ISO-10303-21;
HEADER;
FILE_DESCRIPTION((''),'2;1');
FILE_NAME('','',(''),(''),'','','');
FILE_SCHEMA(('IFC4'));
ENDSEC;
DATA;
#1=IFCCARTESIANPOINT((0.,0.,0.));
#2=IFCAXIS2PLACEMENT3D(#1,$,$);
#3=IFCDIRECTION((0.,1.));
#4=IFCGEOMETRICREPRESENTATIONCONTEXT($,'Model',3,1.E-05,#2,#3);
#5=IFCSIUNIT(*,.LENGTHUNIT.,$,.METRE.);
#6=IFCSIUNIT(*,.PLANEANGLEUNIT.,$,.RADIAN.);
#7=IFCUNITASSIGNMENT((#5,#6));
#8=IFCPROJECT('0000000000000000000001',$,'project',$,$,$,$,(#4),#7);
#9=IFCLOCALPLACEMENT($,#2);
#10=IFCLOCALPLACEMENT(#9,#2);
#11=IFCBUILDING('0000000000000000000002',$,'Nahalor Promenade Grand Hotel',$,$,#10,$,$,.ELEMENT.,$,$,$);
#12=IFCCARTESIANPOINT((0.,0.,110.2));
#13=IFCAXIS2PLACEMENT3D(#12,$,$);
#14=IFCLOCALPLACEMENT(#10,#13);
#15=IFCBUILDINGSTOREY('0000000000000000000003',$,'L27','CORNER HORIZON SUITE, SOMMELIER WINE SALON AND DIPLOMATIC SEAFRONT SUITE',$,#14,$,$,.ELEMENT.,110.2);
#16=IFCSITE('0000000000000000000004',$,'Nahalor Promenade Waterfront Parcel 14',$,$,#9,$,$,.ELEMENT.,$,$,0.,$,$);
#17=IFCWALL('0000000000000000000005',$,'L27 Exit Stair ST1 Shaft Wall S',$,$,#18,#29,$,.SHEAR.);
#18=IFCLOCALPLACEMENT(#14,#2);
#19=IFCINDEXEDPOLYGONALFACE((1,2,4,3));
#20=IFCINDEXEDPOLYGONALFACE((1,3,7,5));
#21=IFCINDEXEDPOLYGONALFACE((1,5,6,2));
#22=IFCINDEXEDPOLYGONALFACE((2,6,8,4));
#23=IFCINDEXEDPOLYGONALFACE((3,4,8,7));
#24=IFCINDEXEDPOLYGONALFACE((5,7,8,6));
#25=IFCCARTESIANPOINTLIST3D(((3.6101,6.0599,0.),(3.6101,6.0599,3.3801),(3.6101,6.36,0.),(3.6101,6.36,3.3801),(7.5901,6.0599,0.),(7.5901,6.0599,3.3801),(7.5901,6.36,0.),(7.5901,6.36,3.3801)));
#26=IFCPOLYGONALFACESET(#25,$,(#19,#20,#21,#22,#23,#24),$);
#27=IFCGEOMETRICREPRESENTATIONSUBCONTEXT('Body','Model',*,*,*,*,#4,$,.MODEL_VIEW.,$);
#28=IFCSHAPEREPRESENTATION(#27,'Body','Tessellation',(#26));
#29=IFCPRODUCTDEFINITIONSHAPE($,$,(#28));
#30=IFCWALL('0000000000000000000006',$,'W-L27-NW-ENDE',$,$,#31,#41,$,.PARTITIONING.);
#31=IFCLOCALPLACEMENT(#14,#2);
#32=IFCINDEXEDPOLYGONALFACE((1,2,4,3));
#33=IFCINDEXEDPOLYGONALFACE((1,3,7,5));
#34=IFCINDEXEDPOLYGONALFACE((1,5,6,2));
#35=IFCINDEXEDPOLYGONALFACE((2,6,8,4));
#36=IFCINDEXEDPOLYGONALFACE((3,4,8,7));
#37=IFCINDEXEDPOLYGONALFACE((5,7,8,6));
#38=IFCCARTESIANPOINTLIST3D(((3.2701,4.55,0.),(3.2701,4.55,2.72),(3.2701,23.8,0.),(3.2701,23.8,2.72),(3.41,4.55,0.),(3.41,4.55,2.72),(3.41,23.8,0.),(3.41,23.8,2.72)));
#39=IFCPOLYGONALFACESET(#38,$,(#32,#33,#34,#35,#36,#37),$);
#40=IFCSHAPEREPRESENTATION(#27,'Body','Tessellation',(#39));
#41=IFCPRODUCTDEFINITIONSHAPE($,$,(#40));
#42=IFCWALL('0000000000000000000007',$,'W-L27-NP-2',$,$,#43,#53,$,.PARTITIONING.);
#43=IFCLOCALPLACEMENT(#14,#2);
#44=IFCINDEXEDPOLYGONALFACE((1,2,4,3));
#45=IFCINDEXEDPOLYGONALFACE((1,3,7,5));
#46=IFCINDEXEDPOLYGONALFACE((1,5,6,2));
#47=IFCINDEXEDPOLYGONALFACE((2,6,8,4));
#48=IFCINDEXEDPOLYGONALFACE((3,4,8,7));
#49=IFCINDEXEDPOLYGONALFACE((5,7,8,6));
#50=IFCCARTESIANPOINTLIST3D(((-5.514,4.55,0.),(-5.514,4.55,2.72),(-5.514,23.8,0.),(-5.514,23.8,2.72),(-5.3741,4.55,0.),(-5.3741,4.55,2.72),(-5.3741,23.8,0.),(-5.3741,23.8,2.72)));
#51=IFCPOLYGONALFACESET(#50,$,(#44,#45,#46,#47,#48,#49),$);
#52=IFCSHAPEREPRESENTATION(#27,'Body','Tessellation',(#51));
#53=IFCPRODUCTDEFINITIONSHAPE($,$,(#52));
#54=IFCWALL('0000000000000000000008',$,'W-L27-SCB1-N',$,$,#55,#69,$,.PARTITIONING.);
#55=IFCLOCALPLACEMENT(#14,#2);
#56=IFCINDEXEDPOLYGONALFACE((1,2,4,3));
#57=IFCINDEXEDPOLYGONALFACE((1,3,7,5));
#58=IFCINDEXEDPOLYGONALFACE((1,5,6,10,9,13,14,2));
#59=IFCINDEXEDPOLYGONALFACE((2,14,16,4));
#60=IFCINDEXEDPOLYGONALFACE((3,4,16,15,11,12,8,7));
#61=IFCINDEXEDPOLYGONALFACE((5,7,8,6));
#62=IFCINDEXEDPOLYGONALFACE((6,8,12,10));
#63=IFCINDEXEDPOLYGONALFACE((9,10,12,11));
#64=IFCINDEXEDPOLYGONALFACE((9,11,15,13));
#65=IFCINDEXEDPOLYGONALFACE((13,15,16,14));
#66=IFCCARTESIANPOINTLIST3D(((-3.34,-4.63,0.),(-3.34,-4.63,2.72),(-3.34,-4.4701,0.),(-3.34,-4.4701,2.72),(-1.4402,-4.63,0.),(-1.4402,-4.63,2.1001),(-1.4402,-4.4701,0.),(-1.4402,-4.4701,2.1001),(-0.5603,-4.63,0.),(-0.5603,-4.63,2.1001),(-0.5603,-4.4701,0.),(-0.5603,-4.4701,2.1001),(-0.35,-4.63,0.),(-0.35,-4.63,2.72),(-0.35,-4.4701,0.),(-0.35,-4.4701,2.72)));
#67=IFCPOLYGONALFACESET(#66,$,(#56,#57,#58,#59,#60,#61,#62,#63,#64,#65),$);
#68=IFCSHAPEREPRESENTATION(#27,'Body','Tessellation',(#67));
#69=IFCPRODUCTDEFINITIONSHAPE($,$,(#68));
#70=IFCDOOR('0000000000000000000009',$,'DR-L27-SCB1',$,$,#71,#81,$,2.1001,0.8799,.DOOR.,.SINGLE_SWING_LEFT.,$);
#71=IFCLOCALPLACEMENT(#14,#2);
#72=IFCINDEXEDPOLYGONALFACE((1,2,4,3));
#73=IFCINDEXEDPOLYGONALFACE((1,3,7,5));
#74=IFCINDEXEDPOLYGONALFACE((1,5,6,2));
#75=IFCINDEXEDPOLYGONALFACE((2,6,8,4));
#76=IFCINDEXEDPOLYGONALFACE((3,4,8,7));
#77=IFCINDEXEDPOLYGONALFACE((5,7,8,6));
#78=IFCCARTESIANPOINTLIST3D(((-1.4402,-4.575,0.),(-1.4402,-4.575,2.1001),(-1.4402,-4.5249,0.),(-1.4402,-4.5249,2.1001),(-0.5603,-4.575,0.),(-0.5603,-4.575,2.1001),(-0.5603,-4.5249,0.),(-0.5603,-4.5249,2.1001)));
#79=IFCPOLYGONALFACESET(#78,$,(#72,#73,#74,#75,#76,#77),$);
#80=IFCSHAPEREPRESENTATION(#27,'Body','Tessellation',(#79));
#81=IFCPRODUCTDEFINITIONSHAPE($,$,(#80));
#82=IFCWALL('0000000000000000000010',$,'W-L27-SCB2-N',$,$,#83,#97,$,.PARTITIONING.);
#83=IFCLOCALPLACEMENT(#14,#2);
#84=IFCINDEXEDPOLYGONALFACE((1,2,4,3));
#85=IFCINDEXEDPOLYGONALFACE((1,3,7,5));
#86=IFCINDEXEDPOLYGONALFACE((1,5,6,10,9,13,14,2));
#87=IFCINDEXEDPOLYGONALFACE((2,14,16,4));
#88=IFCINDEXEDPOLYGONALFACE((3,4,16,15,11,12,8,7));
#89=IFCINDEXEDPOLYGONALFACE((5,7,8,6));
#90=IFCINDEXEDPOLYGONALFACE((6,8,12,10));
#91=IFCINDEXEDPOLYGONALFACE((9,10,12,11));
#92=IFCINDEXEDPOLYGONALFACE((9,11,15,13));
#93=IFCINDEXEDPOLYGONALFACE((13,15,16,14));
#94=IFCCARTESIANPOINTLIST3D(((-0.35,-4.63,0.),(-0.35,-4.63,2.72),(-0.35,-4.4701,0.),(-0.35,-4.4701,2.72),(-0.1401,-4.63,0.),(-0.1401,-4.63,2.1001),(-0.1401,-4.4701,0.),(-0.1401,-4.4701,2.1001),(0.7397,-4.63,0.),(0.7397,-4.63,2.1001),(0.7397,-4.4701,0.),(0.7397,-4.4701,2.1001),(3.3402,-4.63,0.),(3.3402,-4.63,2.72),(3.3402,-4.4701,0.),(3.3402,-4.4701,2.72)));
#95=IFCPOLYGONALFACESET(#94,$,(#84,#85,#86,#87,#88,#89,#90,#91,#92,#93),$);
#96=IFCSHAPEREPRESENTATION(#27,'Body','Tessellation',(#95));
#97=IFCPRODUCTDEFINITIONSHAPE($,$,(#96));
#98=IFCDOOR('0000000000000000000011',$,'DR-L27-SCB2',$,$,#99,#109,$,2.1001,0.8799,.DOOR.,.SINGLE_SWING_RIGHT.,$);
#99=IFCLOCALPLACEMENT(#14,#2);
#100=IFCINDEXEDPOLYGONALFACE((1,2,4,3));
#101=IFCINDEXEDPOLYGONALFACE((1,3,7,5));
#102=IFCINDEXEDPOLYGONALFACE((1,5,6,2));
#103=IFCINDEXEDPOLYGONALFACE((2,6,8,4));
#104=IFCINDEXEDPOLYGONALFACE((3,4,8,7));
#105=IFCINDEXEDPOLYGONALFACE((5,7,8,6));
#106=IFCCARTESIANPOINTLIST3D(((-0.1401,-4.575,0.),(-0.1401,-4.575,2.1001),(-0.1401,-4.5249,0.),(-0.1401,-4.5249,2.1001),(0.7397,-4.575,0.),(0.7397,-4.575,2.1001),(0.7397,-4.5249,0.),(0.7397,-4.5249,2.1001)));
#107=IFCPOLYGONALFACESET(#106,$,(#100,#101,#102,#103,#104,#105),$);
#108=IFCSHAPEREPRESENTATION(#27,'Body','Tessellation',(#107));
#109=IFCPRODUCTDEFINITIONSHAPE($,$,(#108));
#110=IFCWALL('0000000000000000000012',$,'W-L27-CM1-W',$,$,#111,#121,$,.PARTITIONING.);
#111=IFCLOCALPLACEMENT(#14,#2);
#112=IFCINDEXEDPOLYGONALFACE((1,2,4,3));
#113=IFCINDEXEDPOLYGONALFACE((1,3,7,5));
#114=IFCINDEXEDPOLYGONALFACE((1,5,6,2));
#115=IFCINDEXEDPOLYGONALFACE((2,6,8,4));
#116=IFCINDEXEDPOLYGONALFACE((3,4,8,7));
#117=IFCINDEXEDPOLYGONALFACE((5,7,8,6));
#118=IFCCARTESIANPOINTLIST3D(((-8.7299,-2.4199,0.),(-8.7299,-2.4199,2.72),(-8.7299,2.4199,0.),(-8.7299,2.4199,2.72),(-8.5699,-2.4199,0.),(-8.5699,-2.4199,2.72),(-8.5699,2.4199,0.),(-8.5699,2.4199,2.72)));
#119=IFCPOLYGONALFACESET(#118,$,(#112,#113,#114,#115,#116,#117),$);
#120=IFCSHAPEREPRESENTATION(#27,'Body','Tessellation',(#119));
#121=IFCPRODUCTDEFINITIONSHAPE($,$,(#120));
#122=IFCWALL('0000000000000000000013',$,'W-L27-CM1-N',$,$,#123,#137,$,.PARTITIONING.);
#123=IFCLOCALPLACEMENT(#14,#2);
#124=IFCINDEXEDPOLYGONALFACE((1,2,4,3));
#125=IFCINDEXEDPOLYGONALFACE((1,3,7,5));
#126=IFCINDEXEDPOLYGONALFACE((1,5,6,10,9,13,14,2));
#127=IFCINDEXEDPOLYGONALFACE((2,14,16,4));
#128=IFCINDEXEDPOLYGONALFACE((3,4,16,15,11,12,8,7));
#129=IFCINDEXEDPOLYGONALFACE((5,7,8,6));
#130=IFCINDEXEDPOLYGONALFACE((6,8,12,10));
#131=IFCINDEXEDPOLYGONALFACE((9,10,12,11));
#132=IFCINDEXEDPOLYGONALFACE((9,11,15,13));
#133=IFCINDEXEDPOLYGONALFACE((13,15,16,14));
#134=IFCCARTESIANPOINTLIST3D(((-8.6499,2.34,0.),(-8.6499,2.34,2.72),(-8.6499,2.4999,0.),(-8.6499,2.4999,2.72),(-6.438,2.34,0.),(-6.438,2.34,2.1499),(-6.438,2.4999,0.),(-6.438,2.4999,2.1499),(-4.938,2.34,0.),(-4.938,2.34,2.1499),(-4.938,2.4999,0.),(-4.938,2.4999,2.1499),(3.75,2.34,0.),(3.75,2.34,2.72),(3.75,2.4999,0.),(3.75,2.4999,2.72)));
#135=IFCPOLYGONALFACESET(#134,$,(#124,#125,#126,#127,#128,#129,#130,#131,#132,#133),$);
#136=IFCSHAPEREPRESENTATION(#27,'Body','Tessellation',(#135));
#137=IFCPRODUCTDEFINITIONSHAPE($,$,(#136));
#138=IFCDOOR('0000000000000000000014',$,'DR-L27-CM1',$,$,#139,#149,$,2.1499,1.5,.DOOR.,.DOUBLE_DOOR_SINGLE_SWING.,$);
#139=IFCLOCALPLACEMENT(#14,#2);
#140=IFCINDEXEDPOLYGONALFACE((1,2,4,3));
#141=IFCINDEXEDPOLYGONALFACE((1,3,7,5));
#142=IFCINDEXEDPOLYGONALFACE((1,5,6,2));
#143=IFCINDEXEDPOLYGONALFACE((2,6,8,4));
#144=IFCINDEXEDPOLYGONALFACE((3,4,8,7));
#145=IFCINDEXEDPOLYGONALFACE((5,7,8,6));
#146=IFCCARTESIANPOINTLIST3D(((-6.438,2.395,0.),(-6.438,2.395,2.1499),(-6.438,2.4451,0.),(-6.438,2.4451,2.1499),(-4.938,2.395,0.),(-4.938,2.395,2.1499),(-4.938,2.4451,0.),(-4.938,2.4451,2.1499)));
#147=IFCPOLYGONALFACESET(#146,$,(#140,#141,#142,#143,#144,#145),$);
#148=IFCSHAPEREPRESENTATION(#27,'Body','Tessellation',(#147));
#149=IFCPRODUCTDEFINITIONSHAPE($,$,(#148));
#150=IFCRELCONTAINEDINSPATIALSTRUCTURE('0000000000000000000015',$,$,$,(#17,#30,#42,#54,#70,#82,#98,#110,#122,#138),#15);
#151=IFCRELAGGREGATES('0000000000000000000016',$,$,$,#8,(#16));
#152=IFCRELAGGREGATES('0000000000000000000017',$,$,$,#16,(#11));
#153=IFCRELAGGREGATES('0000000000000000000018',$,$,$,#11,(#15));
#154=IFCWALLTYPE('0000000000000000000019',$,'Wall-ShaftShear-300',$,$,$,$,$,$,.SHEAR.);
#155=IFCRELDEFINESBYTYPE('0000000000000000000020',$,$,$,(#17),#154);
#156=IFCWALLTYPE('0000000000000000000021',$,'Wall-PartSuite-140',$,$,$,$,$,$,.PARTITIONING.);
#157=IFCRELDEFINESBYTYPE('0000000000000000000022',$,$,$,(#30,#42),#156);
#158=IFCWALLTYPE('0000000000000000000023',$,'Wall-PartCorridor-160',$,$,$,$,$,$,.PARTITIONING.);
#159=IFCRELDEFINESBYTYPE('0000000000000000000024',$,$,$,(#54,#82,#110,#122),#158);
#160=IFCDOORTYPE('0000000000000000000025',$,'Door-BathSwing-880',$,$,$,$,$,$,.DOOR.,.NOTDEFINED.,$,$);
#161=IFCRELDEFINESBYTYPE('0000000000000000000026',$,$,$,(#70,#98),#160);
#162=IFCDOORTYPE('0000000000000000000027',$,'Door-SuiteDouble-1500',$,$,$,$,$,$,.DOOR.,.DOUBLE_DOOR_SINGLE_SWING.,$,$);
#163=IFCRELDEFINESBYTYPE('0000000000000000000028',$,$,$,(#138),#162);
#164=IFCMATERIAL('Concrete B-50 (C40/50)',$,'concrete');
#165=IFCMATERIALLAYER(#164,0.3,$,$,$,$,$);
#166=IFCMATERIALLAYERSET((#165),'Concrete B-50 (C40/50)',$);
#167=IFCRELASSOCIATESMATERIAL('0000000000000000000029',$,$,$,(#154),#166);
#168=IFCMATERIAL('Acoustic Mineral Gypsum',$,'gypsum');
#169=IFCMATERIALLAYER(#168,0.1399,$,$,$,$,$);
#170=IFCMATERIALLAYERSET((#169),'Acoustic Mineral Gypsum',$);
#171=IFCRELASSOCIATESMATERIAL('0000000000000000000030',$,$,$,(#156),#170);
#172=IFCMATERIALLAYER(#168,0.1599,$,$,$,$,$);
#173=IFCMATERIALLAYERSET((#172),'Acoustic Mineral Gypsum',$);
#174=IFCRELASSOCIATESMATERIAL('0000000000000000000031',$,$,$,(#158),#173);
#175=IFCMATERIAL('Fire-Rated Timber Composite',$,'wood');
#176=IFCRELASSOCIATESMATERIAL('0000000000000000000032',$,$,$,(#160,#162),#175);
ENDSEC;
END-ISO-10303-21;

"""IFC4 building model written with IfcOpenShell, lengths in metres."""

from ifc_helpers import new_model, si_unit, direction, frame, frame_2d, origin, place, context, subcontext, project, spatial, rectangle, extrude, source, transform, mapped, material, layer, layer_set, type_object, element, fill, save


model = new_model("IFC4")

# Units and contexts
model_context = context("Model", 3, precision=1e-05, world=origin(), true_north=direction((0.0, 1.0)))
body_context = subcontext(model_context, "Body", "Model", "MODEL_VIEW")
ifc_project = project(units=[si_unit("LENGTHUNIT", "METRE"), si_unit("PLANEANGLEUNIT", "RADIAN")], contexts=[model_context])

# Site, building, storey
site_placement = place(None, origin())
site = spatial("IfcSite", under=ifc_project, at=site_placement, Name="Nahalor Promenade Waterfront Parcel 14", CompositionType="ELEMENT", RefElevation=0.0)
building_placement = place(site_placement, origin())
building = spatial("IfcBuilding", under=site, at=building_placement, Name="Nahalor Promenade Grand Hotel", CompositionType="ELEMENT")
storey_placement = place(building_placement, frame((0.0, 0.0, 110.2)))
storey = spatial("IfcBuildingStorey", under=building, at=storey_placement, Name="L27", Description="CORNER HORIZON SUITE, SOMMELIER WINE SALON AND DIPLOMATIC SEAFRONT SUITE", CompositionType="ELEMENT", Elevation=110.2)

# Shared definitions
ifc_material_1 = material(Name="Concrete B-50 (C40/50)", Category="concrete")

# Walls
ifc_layer_1 = layer(ifc_material_1, 0.3)
ifc_layer_set_1 = layer_set([ifc_layer_1], Name="Concrete B-50 (C40/50)")
wall_type_1 = type_object("IfcWallType", Name="Wall-ShaftShear-300", PredefinedType="SHEAR", material=ifc_layer_set_1)
shared_shape_1 = source(origin(), body_context, "Body", "SweptSolid", [
    extrude(rectangle(XDim=3.98, YDim=0.3, at=frame_2d((1.99, 0.0))), origin(), (0.0, 0.0, 1.0), 3.3801),
])
wall_1_placement = place(storey_placement, frame((3.6101, 6.21, 0.0), z_axis=(0.0, 0.0, 1.0), x_axis=(1.0, 0.0, 0.0)))
element("IfcWall", 1, at=wall_1_placement, inside=storey, type_object=wall_type_1, Name="L27 Exit Stair ST1 Shaft Wall S", PredefinedType="SHEAR", context=body_context, shape_type="MappedRepresentation", body=[
    mapped(shared_shape_1, transform((0.0, 0.0, 0.0), scale=1.0)),
])
ifc_material_2 = material(Name="Acoustic Mineral Gypsum", Category="gypsum")
ifc_layer_2 = layer(ifc_material_2, 0.1399)
ifc_layer_set_2 = layer_set([ifc_layer_2], Name="Acoustic Mineral Gypsum")
wall_type_2 = type_object("IfcWallType", Name="Wall-PartSuite-140", PredefinedType="PARTITIONING", material=ifc_layer_set_2)
shared_shape_2 = source(origin(), body_context, "Body", "SweptSolid", [
    extrude(rectangle(XDim=19.25, YDim=0.1399, at=frame_2d((9.625, 0.0))), origin(), (0.0, 0.0, 1.0), 2.72),
])
for number, where, z_axis, x_axis, name in (
    (2, (3.3401, 4.55, 0.0), (0.0, 0.0, 1.0), (0.0, 1.0, 0.0), "W-L27-NW-ENDE"),
    (3, (-5.4441, 4.55, 0.0), (0.0, 0.0, 1.0), (0.0, 1.0, 0.0), "W-L27-NP-2"),
):
    element("IfcWall", number, at=place(storey_placement, frame(where, z_axis=z_axis, x_axis=x_axis)), inside=storey, type_object=wall_type_2, Name=name, PredefinedType="PARTITIONING", context=body_context, shape_type="MappedRepresentation", body=[
        mapped(shared_shape_2, transform((0.0, 0.0, 0.0), scale=1.0)),
    ])

# Walls, openings, doors
ifc_layer_3 = layer(ifc_material_2, 0.1599)
ifc_layer_set_3 = layer_set([ifc_layer_3], Name="Acoustic Mineral Gypsum")
wall_type_3 = type_object("IfcWallType", Name="Wall-PartCorridor-160", PredefinedType="PARTITIONING", material=ifc_layer_set_3)
shared_shape_3 = source(origin(), body_context, "Body", "SweptSolid", [
    extrude(rectangle(XDim=2.99, YDim=0.1599, at=frame_2d((1.4951, 0.0))), origin(), (0.0, 0.0, 1.0), 2.72),
])
wall_2_placement = place(storey_placement, frame((-3.3401, -4.55, 0.0), z_axis=(0.0, 0.0, 1.0), x_axis=(1.0, 0.0, 0.0)))
wall_2 = element("IfcWall", 4, at=wall_2_placement, inside=storey, type_object=wall_type_3, Name="W-L27-SCB1-N", PredefinedType="PARTITIONING", context=body_context, shape_type="MappedRepresentation", body=[
    mapped(shared_shape_3, transform((0.0, 0.0, 0.0), scale=1.0)),
])
opening_1_placement = place(wall_2_placement, frame((1.8999, 0.0, 0.0)))
opening_1 = element("IfcOpeningElement", 5, at=opening_1_placement, cuts=wall_2, PredefinedType="OPENING", context=body_context, shape_type="SweptSolid", body=[
    extrude(rectangle(XDim=0.8799, YDim=2.1001, at=frame_2d((0.4399, 1.05))), frame((0.0, 0.0898, 0.0), z_axis=(0.0, -1.0, 0.0), x_axis=(1.0, 0.0, 0.0)), (0.0, 0.0, 1.0), 0.1799),
])
ifc_material_3 = material(Name="Fire-Rated Timber Composite", Category="wood")
door_type_1 = type_object("IfcDoorType", Name="Door-BathSwing-880", OperationType="NOTDEFINED", PredefinedType="DOOR", material=ifc_material_3)
shared_shape_4 = source(origin(), body_context, "Body", "SweptSolid", [
    extrude(rectangle(XDim=0.8799, YDim=2.1001, at=frame_2d((0.4399, 1.05))), frame((0.0, 0.0249, 0.0), z_axis=(0.0, -1.0, 0.0), x_axis=(1.0, 0.0, 0.0)), (0.0, 0.0, 1.0), 0.05),
])
door_1_placement = place(opening_1_placement, frame((0.8799, 0.0, 0.0), z_axis=(0.0, 0.0, 1.0), x_axis=(-1.0, 0.0, 0.0)))
door_1 = element("IfcDoor", 6, at=door_1_placement, inside=storey, type_object=door_type_1, Name="DR-L27-SCB1", OperationType="SINGLE_SWING_LEFT", OverallHeight=2.1001, OverallWidth=0.8799, PredefinedType="DOOR", context=body_context, shape_type="MappedRepresentation", body=[
    mapped(shared_shape_4, transform((0.0, 0.0, 0.0), scale=1.0)),
])
fill(opening_1, door_1)
shared_shape_5 = source(origin(), body_context, "Body", "SweptSolid", [
    extrude(rectangle(XDim=3.6902, YDim=0.1599, at=frame_2d((1.8452, 0.0))), origin(), (0.0, 0.0, 1.0), 2.72),
])
wall_3_placement = place(storey_placement, frame((-0.3501, -4.55, 0.0), z_axis=(0.0, 0.0, 1.0), x_axis=(1.0, 0.0, 0.0)))
wall_3 = element("IfcWall", 7, at=wall_3_placement, inside=storey, type_object=wall_type_3, Name="W-L27-SCB2-N", PredefinedType="PARTITIONING", context=body_context, shape_type="MappedRepresentation", body=[
    mapped(shared_shape_5, transform((0.0, 0.0, 0.0), scale=1.0)),
])
opening_2_placement = place(wall_3_placement, frame((0.21, 0.0, 0.0)))
opening_2 = element("IfcOpeningElement", 8, at=opening_2_placement, cuts=wall_3, PredefinedType="OPENING", context=body_context, shape_type="SweptSolid", body=[
    extrude(rectangle(XDim=0.8799, YDim=2.1001, at=frame_2d((0.4399, 1.05))), frame((0.0, 0.0898, 0.0), z_axis=(0.0, -1.0, 0.0), x_axis=(1.0, 0.0, 0.0)), (0.0, 0.0, 1.0), 0.1799),
])
door_2_placement = place(opening_2_placement, frame((0.8799, 0.0, 0.0), z_axis=(0.0, 0.0, 1.0), x_axis=(-1.0, 0.0, 0.0)))
door_2 = element("IfcDoor", 9, at=door_2_placement, inside=storey, type_object=door_type_1, Name="DR-L27-SCB2", OperationType="SINGLE_SWING_RIGHT", OverallHeight=2.1001, OverallWidth=0.8799, PredefinedType="DOOR", context=body_context, shape_type="MappedRepresentation", body=[
    mapped(shared_shape_4, transform((0.0, 0.0, 0.0), scale=1.0)),
])
fill(opening_2, door_2)

# Wall
shared_shape_6 = source(origin(), body_context, "Body", "SweptSolid", [
    extrude(rectangle(XDim=4.8398, YDim=0.1599, at=frame_2d((2.4199, 0.0))), origin(), (0.0, 0.0, 1.0), 2.72),
])
wall_4_placement = place(storey_placement, frame((-8.6499, -2.4199, 0.0), z_axis=(0.0, 0.0, 1.0), x_axis=(0.0, 1.0, 0.0)))
element("IfcWall", 10, at=wall_4_placement, inside=storey, type_object=wall_type_3, Name="W-L27-CM1-W", PredefinedType="PARTITIONING", context=body_context, shape_type="MappedRepresentation", body=[
    mapped(shared_shape_6, transform((0.0, 0.0, 0.0), scale=1.0)),
])

# Wall, opening, door
shared_shape_7 = source(origin(), body_context, "Body", "SweptSolid", [
    extrude(rectangle(XDim=12.3999, YDim=0.1599, at=frame_2d((6.2, 0.0))), origin(), (0.0, 0.0, 1.0), 2.72),
])
wall_5_placement = place(storey_placement, frame((-8.6499, 2.4199, 0.0), z_axis=(0.0, 0.0, 1.0), x_axis=(1.0, 0.0, 0.0)))
wall_5 = element("IfcWall", 11, at=wall_5_placement, inside=storey, type_object=wall_type_3, Name="W-L27-CM1-N", PredefinedType="PARTITIONING", context=body_context, shape_type="MappedRepresentation", body=[
    mapped(shared_shape_7, transform((0.0, 0.0, 0.0), scale=1.0)),
])
opening_3_placement = place(wall_5_placement, frame((2.2119, 0.0, 0.0)))
opening_3 = element("IfcOpeningElement", 12, at=opening_3_placement, cuts=wall_5, PredefinedType="OPENING", context=body_context, shape_type="SweptSolid", body=[
    extrude(rectangle(XDim=1.5, YDim=2.1499, at=frame_2d((0.75, 1.075))), frame((0.0, 0.0898, 0.0), z_axis=(0.0, -1.0, 0.0), x_axis=(1.0, 0.0, 0.0)), (0.0, 0.0, 1.0), 0.1799),
])
door_type_2 = type_object("IfcDoorType", Name="Door-SuiteDouble-1500", OperationType="DOUBLE_DOOR_SINGLE_SWING", PredefinedType="DOOR", material=ifc_material_3)
shared_shape_8 = source(origin(), body_context, "Body", "SweptSolid", [
    extrude(rectangle(XDim=1.5, YDim=2.1499, at=frame_2d((0.75, 1.075))), frame((0.0, 0.0249, 0.0), z_axis=(0.0, -1.0, 0.0), x_axis=(1.0, 0.0, 0.0)), (0.0, 0.0, 1.0), 0.05),
])
door_3_placement = place(opening_3_placement, frame((1.5, 0.0, 0.0), z_axis=(0.0, 0.0, 1.0), x_axis=(-1.0, 0.0, 0.0)))
door_3 = element("IfcDoor", 13, at=door_3_placement, inside=storey, type_object=door_type_2, Name="DR-L27-CM1", OperationType="DOUBLE_DOOR_SINGLE_SWING", OverallHeight=2.1499, OverallWidth=1.5, PredefinedType="DOOR", context=body_context, shape_type="MappedRepresentation", body=[
    mapped(shared_shape_8, transform((0.0, 0.0, 0.0), scale=1.0)),
])
fill(opening_3, door_3)

save(model, "model.ifc")
